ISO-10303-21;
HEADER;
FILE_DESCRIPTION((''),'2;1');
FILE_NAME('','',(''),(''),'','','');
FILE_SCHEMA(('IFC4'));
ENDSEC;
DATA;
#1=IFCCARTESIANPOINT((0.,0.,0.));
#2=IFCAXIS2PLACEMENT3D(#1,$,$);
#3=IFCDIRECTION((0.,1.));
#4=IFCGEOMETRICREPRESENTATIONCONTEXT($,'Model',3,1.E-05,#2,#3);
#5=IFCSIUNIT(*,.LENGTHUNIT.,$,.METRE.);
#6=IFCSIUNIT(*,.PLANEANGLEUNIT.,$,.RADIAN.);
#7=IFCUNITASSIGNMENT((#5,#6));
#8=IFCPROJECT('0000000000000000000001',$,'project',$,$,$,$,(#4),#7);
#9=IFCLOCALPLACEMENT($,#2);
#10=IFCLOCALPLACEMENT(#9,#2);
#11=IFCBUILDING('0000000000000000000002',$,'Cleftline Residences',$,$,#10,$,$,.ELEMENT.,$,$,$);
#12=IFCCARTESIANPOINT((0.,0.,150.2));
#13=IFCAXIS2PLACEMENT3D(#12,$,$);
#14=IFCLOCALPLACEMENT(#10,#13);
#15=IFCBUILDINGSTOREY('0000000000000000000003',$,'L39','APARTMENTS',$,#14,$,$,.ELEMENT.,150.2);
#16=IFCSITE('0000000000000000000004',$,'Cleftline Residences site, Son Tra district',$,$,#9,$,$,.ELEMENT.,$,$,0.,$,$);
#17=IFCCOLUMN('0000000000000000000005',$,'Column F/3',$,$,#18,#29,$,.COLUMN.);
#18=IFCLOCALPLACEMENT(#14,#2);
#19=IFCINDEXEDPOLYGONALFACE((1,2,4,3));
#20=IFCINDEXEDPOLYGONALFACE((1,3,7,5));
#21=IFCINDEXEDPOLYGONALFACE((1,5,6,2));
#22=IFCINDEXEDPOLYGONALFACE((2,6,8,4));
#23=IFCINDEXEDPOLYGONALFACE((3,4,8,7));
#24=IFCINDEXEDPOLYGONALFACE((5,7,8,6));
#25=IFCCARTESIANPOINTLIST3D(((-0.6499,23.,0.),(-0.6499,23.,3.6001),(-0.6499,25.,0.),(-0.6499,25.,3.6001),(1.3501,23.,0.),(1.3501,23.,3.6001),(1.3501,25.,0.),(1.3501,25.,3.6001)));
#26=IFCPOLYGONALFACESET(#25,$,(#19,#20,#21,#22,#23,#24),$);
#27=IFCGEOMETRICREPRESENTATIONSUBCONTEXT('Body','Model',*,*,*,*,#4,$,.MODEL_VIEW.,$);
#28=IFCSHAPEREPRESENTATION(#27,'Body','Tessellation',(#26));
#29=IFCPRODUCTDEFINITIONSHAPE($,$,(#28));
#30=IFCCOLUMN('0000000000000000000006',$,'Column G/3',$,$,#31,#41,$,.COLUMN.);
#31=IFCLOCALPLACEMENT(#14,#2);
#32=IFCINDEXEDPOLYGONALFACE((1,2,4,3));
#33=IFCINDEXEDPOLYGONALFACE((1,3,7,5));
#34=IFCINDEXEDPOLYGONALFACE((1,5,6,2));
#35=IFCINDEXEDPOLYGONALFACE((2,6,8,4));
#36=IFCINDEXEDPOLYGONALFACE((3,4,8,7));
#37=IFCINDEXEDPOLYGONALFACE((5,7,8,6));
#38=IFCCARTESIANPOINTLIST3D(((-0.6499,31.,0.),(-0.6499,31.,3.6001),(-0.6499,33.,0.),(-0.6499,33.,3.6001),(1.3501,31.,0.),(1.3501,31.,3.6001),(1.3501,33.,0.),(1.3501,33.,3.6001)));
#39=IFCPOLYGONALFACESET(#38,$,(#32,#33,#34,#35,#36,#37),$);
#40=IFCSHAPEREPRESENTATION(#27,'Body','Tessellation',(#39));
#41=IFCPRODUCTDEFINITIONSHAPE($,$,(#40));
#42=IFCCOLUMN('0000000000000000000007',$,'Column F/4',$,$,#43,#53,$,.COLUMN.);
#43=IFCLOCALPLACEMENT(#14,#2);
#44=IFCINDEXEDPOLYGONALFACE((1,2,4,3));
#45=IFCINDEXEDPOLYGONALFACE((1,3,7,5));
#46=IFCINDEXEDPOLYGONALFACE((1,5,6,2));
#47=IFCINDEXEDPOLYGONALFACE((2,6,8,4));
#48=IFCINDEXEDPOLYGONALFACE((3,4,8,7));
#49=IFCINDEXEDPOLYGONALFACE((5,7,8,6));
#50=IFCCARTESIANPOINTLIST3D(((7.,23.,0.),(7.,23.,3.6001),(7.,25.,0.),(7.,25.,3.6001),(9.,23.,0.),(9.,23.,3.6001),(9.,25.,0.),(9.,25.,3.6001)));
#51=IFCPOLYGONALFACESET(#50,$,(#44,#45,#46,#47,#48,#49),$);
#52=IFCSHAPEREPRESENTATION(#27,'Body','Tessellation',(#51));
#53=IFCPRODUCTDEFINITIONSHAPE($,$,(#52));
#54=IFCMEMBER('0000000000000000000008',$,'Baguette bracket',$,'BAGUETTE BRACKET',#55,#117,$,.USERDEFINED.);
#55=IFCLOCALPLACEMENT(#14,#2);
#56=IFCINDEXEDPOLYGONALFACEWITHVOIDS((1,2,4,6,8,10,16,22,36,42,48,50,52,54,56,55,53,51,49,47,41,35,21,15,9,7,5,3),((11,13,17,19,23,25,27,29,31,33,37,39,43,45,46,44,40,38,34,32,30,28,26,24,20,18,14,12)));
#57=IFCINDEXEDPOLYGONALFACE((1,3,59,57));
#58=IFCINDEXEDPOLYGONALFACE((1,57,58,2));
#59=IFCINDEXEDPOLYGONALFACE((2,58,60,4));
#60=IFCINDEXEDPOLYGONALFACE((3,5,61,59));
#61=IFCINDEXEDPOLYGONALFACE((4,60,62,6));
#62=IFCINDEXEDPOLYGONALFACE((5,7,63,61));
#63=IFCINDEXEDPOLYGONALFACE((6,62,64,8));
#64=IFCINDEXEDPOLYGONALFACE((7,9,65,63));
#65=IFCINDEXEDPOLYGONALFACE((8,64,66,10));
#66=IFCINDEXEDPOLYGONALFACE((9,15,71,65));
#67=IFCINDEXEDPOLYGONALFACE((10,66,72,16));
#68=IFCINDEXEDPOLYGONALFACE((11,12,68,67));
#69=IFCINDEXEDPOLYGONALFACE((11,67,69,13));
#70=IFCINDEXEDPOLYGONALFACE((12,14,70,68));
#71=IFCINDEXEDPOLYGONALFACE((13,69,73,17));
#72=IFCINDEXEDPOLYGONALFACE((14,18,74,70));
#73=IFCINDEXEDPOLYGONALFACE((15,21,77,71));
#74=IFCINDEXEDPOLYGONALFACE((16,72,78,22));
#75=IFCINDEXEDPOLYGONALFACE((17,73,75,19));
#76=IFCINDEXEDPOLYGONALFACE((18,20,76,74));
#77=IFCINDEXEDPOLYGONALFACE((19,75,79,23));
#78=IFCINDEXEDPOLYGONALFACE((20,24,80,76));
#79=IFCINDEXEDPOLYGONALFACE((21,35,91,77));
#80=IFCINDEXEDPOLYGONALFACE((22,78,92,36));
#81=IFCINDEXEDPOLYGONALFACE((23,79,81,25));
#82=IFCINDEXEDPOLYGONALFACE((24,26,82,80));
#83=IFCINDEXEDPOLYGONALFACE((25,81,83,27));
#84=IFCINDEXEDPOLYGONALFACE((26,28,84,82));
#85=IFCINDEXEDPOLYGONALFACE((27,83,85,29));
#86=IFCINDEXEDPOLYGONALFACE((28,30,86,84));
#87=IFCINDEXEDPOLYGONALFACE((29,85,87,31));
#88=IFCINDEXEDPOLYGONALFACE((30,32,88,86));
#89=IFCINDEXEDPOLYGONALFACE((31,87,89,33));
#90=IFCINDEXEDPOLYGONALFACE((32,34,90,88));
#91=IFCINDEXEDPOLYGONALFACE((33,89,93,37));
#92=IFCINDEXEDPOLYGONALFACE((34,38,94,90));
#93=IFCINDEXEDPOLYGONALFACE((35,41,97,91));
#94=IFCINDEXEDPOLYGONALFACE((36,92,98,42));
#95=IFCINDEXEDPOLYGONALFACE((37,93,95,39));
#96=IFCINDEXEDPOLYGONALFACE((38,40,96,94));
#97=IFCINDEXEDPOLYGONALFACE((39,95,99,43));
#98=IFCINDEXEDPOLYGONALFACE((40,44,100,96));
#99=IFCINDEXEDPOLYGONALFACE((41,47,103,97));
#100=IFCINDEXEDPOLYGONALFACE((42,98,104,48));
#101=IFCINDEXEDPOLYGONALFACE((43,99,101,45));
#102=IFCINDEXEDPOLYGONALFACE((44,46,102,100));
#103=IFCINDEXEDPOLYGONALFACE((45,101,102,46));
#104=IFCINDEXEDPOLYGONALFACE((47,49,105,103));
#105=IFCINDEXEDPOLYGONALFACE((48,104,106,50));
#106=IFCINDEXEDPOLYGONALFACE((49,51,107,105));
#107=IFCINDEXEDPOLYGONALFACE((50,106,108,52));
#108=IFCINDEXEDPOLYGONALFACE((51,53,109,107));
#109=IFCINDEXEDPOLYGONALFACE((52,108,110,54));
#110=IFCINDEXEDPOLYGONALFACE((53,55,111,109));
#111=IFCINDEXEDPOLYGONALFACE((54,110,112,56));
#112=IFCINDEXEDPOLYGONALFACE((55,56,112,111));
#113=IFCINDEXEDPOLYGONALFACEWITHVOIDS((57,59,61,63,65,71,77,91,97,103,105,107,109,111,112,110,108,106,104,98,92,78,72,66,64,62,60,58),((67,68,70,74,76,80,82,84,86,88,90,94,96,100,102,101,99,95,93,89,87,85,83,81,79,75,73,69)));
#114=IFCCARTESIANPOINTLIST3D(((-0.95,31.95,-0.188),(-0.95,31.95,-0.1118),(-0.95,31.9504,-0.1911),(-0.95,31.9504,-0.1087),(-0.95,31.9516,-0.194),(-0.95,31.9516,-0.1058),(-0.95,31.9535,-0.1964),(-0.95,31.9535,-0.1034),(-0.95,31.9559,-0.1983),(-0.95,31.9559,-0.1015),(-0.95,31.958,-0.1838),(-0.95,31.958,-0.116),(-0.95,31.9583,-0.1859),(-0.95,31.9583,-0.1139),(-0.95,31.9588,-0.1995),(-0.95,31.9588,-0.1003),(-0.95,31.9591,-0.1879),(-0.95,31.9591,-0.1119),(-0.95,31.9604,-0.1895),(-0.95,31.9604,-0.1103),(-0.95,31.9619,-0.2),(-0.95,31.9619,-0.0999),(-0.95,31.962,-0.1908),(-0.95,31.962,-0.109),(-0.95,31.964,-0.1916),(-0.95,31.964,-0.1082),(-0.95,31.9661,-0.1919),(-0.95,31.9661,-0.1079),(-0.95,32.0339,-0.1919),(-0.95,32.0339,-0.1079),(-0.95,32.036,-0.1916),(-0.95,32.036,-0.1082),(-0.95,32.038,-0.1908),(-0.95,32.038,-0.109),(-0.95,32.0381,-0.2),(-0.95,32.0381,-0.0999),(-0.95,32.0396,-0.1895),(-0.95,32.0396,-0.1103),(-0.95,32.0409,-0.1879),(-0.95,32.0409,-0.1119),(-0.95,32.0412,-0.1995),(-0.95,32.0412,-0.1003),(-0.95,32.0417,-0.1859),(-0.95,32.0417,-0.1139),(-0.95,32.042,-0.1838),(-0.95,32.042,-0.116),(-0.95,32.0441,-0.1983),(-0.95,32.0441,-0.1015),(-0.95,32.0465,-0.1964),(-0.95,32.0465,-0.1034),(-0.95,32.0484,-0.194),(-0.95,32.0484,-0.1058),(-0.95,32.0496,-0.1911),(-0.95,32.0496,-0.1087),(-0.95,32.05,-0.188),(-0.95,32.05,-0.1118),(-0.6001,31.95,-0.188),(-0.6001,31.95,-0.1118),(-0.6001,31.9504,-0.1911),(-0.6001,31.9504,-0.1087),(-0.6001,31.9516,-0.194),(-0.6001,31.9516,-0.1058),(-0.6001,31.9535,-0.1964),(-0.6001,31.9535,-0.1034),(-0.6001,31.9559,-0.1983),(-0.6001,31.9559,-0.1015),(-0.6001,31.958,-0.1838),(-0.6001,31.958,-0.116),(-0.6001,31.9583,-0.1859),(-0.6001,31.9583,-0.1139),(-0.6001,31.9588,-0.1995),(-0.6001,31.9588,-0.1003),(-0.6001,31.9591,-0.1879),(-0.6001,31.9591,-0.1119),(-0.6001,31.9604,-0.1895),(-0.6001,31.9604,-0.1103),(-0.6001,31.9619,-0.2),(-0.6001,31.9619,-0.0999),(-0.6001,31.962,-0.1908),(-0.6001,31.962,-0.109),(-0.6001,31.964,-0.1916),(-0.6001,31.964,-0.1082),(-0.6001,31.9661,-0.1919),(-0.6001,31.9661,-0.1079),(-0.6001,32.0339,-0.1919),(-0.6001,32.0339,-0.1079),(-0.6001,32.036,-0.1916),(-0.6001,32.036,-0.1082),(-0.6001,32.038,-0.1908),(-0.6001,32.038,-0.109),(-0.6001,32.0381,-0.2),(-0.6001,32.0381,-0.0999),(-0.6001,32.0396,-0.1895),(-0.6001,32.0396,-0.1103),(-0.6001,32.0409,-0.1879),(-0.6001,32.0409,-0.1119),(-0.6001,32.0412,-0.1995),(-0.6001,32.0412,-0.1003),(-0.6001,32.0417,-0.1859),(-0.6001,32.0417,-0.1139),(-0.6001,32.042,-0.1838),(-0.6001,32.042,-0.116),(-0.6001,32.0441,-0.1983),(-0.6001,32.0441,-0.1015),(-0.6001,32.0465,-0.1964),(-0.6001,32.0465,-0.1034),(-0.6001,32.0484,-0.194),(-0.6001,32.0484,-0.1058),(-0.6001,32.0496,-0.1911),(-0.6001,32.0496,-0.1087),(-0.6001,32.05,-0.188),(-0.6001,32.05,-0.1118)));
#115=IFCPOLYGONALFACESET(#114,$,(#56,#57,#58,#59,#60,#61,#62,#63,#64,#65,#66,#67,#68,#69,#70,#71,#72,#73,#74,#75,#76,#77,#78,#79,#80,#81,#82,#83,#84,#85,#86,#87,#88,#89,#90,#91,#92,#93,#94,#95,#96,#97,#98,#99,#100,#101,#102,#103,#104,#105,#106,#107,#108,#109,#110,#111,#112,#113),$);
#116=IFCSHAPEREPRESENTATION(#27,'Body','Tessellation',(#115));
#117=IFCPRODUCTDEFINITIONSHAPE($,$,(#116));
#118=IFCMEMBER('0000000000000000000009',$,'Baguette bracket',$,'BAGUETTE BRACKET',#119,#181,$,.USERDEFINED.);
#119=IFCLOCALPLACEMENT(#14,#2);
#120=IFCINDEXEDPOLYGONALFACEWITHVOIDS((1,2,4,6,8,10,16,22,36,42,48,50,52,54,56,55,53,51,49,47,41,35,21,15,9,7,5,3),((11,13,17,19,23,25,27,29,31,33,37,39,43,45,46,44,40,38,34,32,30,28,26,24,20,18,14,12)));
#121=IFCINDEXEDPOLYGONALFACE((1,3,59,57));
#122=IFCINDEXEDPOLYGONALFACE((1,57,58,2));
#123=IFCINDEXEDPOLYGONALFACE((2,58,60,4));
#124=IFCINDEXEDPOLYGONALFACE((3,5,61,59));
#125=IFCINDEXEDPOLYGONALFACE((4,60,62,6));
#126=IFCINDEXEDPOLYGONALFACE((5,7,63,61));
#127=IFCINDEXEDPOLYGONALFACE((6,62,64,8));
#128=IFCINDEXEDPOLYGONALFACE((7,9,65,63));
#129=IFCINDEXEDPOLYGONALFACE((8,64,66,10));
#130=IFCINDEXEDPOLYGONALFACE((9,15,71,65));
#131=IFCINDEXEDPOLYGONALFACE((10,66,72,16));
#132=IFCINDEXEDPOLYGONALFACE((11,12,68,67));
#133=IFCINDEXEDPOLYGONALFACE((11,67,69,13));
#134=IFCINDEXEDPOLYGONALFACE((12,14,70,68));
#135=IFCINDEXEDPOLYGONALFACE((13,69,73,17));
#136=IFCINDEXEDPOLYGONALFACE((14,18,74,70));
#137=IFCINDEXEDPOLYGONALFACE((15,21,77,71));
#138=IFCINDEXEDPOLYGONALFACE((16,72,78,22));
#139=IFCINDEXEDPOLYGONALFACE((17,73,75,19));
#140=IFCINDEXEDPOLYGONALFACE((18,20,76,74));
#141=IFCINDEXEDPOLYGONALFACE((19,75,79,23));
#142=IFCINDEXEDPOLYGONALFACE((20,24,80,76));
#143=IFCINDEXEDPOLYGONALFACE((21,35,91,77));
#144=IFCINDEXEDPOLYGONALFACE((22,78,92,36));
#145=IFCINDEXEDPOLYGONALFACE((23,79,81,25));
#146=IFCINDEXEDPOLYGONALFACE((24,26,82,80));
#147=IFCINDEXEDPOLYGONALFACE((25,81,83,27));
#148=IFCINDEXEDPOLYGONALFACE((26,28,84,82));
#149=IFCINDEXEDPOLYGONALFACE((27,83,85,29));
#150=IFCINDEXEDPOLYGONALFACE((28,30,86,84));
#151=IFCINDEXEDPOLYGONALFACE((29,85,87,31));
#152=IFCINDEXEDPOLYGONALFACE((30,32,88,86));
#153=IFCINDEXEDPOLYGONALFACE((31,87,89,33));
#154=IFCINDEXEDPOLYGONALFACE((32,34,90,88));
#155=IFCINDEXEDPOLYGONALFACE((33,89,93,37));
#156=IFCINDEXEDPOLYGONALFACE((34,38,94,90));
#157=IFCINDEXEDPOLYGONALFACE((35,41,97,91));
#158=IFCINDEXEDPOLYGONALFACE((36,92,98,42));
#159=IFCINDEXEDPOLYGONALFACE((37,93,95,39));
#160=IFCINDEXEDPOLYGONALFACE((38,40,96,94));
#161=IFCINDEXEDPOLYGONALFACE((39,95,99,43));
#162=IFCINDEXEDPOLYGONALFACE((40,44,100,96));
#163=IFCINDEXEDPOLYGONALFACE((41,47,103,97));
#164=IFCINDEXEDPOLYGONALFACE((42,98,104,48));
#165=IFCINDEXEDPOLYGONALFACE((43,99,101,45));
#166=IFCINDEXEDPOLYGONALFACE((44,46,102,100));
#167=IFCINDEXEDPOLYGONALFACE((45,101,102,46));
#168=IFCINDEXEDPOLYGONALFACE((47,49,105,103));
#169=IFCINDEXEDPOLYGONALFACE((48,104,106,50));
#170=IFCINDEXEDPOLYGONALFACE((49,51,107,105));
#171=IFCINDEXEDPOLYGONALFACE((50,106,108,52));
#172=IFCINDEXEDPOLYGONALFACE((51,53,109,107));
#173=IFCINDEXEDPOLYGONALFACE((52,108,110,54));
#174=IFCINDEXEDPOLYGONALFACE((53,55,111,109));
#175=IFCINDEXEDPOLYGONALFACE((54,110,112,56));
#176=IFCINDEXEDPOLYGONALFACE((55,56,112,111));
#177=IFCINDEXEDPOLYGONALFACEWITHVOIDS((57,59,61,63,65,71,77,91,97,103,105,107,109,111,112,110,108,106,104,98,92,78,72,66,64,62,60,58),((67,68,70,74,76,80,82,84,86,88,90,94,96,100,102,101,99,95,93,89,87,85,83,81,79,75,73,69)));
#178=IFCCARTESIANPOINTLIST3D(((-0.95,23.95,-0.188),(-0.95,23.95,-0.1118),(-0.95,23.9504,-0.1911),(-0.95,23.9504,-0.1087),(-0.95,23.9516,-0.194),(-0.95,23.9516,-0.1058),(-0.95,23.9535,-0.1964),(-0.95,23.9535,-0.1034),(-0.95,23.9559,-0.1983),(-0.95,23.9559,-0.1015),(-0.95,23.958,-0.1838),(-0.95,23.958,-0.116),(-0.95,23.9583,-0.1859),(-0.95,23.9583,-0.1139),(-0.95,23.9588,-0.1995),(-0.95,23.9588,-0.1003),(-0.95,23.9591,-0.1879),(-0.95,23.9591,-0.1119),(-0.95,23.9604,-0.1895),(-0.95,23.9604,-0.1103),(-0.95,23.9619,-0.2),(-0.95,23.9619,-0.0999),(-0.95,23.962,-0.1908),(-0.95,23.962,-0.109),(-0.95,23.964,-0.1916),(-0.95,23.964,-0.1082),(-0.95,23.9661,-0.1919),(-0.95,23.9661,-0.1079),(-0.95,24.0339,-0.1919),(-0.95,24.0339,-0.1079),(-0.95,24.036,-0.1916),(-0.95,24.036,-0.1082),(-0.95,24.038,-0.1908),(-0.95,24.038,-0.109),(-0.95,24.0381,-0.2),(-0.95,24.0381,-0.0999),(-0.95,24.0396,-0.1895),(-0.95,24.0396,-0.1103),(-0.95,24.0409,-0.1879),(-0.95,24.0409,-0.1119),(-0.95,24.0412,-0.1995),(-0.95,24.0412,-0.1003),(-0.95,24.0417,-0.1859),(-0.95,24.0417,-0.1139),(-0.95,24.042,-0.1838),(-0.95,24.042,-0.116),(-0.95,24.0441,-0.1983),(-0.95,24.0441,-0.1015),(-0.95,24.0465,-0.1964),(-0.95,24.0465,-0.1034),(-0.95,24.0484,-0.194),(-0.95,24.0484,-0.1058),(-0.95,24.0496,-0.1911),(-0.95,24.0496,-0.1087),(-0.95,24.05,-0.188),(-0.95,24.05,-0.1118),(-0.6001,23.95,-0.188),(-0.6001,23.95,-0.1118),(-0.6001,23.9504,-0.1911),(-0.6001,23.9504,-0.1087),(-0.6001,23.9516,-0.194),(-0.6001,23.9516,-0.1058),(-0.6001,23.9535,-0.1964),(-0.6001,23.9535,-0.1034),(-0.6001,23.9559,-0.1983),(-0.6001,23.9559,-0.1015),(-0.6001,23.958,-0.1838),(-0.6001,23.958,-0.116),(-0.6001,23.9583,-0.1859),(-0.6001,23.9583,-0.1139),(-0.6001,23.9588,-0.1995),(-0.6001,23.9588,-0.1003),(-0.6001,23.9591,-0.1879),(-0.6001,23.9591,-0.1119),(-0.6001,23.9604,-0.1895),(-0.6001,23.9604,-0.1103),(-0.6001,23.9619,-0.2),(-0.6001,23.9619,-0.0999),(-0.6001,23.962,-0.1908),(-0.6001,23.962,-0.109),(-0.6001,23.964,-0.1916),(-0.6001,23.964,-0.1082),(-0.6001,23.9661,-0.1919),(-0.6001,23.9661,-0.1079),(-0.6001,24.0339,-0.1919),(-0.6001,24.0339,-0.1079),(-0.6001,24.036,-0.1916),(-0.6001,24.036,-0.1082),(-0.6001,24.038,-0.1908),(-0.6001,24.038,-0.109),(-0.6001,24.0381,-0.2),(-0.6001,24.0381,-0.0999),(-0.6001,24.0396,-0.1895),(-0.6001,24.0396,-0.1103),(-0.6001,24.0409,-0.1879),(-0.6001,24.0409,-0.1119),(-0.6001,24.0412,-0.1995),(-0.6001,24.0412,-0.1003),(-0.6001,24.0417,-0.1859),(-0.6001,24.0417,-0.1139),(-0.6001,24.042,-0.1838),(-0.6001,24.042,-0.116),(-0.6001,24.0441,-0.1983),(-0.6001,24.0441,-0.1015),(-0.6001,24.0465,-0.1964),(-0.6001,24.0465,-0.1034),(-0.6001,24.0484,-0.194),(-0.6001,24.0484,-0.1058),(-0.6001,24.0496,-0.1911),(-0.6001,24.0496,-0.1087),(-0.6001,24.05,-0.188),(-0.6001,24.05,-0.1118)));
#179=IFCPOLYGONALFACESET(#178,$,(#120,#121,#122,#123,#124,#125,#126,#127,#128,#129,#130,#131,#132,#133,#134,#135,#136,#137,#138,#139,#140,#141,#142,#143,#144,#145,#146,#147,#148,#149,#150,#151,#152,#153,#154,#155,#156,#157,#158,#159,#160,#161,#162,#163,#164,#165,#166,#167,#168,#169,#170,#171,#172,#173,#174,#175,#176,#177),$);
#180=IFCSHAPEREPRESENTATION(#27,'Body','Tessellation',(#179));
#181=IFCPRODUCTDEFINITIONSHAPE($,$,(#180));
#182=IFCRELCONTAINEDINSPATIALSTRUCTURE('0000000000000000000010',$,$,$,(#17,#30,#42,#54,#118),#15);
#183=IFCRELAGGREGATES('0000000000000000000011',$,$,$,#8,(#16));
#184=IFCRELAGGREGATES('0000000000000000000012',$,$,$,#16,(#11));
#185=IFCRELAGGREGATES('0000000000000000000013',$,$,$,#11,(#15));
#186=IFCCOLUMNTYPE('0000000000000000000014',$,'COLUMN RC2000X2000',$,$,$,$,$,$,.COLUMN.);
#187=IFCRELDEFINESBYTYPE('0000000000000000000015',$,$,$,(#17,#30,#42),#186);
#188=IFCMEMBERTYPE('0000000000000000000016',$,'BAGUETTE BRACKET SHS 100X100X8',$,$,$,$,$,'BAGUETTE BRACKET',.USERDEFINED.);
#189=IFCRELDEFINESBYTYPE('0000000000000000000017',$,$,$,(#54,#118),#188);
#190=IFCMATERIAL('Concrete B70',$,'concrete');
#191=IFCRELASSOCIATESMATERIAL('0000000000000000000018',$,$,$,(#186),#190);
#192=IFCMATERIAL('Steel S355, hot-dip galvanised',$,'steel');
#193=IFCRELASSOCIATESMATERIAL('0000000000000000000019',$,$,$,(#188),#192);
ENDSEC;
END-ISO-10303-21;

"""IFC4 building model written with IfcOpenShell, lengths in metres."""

from ifc_helpers import new_model, si_unit, direction, frame, origin, origin_2d, place, context, subcontext, project, spatial, rectangle, hollow_rectangle, extrude, material, material_profile, profile_set, type_object, element, save


model = new_model("IFC4")

# Units and contexts
model_context = context("Model", 3, precision=1e-05, world=origin(), true_north=direction((0.0, 1.0)))
body_context = subcontext(model_context, "Body", "Model", "MODEL_VIEW")
ifc_project = project(units=[si_unit("LENGTHUNIT", "METRE"), si_unit("PLANEANGLEUNIT", "RADIAN")], contexts=[model_context])

# Site, building, storey
site_placement = place(None, origin())
site = spatial("IfcSite", under=ifc_project, at=site_placement, Name="Cleftline Residences site, Son Tra district", CompositionType="ELEMENT", RefElevation=0.0)
building_placement = place(site_placement, origin())
building = spatial("IfcBuilding", under=site, at=building_placement, Name="Cleftline Residences", CompositionType="ELEMENT")
storey_placement = place(building_placement, frame((0.0, 0.0, 150.2)))
storey = spatial("IfcBuildingStorey", under=building, at=storey_placement, Name="L39", Description="APARTMENTS", CompositionType="ELEMENT", Elevation=150.2)

# Columns
ifc_material_1 = material(Name="Concrete B70", Category="concrete")
ifc_material_profile_1 = material_profile(ifc_material_1, rectangle(XDim=2.0, YDim=2.0, at=origin_2d()))
ifc_profile_set_1 = profile_set([ifc_material_profile_1], Name="Concrete B70")
column_type = type_object("IfcColumnType", Name="COLUMN RC2000X2000", PredefinedType="COLUMN", material=ifc_profile_set_1)
for number, where, z_axis, x_axis, name in (
    (1, (0.3501, 24.0, 0.0), (0.0, 0.0, 1.0), (1.0, 0.0, 0.0), "Column F/3"),
    (2, (0.3501, 32.0, 0.0), (0.0, 0.0, 1.0), (1.0, 0.0, 0.0), "Column G/3"),
    (3, (8.0, 24.0, 0.0), (0.0, 0.0, 1.0), (1.0, 0.0, 0.0), "Column F/4"),
):
    element("IfcColumn", number, at=place(storey_placement, frame(where, z_axis=z_axis, x_axis=x_axis)), inside=storey, type_object=column_type, Name=name, PredefinedType="COLUMN", context=body_context, shape_type="SweptSolid", body=[
        extrude(rectangle(XDim=2.0, YDim=2.0, at=origin_2d()), origin(), (0.0, 0.0, 1.0), 3.6001),
    ])

# Members
ifc_material_2 = material(Name="Steel S355, hot-dip galvanised", Category="steel")
ifc_material_profile_2 = material_profile(ifc_material_2, hollow_rectangle(XDim=0.1001, YDim=0.1001, WallThickness=0.0081, InnerFilletRadius=0.0081, OuterFilletRadius=0.012, at=origin_2d()))
ifc_profile_set_2 = profile_set([ifc_material_profile_2], Name="Steel S355, hot-dip galvanised")
member_type_1 = type_object("IfcMemberType", Name="BAGUETTE BRACKET SHS 100X100X8", ElementType="BAGUETTE BRACKET", PredefinedType="USERDEFINED", material=ifc_profile_set_2)
for number, where, z_axis, x_axis, name in (
    (4, (-0.6001, 32.0, -0.1499), (-1.0, 0.0, 0.0), (0.0, -1.0, 0.0), "Baguette bracket"),
    (5, (-0.6001, 24.0, -0.1499), (-1.0, 0.0, 0.0), (0.0, -1.0, 0.0), "Baguette bracket"),
):
    element("IfcMember", number, at=place(storey_placement, frame(where, z_axis=z_axis, x_axis=x_axis)), inside=storey, type_object=member_type_1, Name=name, ObjectType="BAGUETTE BRACKET", PredefinedType="USERDEFINED", context=body_context, shape_type="SweptSolid", body=[
        extrude(hollow_rectangle(XDim=0.1001, YDim=0.1001, WallThickness=0.0081, InnerFilletRadius=0.0081, OuterFilletRadius=0.012, at=origin_2d()), origin(), (0.0, 0.0, 1.0), 0.3499),
    ])

save(model, "model.ifc")
